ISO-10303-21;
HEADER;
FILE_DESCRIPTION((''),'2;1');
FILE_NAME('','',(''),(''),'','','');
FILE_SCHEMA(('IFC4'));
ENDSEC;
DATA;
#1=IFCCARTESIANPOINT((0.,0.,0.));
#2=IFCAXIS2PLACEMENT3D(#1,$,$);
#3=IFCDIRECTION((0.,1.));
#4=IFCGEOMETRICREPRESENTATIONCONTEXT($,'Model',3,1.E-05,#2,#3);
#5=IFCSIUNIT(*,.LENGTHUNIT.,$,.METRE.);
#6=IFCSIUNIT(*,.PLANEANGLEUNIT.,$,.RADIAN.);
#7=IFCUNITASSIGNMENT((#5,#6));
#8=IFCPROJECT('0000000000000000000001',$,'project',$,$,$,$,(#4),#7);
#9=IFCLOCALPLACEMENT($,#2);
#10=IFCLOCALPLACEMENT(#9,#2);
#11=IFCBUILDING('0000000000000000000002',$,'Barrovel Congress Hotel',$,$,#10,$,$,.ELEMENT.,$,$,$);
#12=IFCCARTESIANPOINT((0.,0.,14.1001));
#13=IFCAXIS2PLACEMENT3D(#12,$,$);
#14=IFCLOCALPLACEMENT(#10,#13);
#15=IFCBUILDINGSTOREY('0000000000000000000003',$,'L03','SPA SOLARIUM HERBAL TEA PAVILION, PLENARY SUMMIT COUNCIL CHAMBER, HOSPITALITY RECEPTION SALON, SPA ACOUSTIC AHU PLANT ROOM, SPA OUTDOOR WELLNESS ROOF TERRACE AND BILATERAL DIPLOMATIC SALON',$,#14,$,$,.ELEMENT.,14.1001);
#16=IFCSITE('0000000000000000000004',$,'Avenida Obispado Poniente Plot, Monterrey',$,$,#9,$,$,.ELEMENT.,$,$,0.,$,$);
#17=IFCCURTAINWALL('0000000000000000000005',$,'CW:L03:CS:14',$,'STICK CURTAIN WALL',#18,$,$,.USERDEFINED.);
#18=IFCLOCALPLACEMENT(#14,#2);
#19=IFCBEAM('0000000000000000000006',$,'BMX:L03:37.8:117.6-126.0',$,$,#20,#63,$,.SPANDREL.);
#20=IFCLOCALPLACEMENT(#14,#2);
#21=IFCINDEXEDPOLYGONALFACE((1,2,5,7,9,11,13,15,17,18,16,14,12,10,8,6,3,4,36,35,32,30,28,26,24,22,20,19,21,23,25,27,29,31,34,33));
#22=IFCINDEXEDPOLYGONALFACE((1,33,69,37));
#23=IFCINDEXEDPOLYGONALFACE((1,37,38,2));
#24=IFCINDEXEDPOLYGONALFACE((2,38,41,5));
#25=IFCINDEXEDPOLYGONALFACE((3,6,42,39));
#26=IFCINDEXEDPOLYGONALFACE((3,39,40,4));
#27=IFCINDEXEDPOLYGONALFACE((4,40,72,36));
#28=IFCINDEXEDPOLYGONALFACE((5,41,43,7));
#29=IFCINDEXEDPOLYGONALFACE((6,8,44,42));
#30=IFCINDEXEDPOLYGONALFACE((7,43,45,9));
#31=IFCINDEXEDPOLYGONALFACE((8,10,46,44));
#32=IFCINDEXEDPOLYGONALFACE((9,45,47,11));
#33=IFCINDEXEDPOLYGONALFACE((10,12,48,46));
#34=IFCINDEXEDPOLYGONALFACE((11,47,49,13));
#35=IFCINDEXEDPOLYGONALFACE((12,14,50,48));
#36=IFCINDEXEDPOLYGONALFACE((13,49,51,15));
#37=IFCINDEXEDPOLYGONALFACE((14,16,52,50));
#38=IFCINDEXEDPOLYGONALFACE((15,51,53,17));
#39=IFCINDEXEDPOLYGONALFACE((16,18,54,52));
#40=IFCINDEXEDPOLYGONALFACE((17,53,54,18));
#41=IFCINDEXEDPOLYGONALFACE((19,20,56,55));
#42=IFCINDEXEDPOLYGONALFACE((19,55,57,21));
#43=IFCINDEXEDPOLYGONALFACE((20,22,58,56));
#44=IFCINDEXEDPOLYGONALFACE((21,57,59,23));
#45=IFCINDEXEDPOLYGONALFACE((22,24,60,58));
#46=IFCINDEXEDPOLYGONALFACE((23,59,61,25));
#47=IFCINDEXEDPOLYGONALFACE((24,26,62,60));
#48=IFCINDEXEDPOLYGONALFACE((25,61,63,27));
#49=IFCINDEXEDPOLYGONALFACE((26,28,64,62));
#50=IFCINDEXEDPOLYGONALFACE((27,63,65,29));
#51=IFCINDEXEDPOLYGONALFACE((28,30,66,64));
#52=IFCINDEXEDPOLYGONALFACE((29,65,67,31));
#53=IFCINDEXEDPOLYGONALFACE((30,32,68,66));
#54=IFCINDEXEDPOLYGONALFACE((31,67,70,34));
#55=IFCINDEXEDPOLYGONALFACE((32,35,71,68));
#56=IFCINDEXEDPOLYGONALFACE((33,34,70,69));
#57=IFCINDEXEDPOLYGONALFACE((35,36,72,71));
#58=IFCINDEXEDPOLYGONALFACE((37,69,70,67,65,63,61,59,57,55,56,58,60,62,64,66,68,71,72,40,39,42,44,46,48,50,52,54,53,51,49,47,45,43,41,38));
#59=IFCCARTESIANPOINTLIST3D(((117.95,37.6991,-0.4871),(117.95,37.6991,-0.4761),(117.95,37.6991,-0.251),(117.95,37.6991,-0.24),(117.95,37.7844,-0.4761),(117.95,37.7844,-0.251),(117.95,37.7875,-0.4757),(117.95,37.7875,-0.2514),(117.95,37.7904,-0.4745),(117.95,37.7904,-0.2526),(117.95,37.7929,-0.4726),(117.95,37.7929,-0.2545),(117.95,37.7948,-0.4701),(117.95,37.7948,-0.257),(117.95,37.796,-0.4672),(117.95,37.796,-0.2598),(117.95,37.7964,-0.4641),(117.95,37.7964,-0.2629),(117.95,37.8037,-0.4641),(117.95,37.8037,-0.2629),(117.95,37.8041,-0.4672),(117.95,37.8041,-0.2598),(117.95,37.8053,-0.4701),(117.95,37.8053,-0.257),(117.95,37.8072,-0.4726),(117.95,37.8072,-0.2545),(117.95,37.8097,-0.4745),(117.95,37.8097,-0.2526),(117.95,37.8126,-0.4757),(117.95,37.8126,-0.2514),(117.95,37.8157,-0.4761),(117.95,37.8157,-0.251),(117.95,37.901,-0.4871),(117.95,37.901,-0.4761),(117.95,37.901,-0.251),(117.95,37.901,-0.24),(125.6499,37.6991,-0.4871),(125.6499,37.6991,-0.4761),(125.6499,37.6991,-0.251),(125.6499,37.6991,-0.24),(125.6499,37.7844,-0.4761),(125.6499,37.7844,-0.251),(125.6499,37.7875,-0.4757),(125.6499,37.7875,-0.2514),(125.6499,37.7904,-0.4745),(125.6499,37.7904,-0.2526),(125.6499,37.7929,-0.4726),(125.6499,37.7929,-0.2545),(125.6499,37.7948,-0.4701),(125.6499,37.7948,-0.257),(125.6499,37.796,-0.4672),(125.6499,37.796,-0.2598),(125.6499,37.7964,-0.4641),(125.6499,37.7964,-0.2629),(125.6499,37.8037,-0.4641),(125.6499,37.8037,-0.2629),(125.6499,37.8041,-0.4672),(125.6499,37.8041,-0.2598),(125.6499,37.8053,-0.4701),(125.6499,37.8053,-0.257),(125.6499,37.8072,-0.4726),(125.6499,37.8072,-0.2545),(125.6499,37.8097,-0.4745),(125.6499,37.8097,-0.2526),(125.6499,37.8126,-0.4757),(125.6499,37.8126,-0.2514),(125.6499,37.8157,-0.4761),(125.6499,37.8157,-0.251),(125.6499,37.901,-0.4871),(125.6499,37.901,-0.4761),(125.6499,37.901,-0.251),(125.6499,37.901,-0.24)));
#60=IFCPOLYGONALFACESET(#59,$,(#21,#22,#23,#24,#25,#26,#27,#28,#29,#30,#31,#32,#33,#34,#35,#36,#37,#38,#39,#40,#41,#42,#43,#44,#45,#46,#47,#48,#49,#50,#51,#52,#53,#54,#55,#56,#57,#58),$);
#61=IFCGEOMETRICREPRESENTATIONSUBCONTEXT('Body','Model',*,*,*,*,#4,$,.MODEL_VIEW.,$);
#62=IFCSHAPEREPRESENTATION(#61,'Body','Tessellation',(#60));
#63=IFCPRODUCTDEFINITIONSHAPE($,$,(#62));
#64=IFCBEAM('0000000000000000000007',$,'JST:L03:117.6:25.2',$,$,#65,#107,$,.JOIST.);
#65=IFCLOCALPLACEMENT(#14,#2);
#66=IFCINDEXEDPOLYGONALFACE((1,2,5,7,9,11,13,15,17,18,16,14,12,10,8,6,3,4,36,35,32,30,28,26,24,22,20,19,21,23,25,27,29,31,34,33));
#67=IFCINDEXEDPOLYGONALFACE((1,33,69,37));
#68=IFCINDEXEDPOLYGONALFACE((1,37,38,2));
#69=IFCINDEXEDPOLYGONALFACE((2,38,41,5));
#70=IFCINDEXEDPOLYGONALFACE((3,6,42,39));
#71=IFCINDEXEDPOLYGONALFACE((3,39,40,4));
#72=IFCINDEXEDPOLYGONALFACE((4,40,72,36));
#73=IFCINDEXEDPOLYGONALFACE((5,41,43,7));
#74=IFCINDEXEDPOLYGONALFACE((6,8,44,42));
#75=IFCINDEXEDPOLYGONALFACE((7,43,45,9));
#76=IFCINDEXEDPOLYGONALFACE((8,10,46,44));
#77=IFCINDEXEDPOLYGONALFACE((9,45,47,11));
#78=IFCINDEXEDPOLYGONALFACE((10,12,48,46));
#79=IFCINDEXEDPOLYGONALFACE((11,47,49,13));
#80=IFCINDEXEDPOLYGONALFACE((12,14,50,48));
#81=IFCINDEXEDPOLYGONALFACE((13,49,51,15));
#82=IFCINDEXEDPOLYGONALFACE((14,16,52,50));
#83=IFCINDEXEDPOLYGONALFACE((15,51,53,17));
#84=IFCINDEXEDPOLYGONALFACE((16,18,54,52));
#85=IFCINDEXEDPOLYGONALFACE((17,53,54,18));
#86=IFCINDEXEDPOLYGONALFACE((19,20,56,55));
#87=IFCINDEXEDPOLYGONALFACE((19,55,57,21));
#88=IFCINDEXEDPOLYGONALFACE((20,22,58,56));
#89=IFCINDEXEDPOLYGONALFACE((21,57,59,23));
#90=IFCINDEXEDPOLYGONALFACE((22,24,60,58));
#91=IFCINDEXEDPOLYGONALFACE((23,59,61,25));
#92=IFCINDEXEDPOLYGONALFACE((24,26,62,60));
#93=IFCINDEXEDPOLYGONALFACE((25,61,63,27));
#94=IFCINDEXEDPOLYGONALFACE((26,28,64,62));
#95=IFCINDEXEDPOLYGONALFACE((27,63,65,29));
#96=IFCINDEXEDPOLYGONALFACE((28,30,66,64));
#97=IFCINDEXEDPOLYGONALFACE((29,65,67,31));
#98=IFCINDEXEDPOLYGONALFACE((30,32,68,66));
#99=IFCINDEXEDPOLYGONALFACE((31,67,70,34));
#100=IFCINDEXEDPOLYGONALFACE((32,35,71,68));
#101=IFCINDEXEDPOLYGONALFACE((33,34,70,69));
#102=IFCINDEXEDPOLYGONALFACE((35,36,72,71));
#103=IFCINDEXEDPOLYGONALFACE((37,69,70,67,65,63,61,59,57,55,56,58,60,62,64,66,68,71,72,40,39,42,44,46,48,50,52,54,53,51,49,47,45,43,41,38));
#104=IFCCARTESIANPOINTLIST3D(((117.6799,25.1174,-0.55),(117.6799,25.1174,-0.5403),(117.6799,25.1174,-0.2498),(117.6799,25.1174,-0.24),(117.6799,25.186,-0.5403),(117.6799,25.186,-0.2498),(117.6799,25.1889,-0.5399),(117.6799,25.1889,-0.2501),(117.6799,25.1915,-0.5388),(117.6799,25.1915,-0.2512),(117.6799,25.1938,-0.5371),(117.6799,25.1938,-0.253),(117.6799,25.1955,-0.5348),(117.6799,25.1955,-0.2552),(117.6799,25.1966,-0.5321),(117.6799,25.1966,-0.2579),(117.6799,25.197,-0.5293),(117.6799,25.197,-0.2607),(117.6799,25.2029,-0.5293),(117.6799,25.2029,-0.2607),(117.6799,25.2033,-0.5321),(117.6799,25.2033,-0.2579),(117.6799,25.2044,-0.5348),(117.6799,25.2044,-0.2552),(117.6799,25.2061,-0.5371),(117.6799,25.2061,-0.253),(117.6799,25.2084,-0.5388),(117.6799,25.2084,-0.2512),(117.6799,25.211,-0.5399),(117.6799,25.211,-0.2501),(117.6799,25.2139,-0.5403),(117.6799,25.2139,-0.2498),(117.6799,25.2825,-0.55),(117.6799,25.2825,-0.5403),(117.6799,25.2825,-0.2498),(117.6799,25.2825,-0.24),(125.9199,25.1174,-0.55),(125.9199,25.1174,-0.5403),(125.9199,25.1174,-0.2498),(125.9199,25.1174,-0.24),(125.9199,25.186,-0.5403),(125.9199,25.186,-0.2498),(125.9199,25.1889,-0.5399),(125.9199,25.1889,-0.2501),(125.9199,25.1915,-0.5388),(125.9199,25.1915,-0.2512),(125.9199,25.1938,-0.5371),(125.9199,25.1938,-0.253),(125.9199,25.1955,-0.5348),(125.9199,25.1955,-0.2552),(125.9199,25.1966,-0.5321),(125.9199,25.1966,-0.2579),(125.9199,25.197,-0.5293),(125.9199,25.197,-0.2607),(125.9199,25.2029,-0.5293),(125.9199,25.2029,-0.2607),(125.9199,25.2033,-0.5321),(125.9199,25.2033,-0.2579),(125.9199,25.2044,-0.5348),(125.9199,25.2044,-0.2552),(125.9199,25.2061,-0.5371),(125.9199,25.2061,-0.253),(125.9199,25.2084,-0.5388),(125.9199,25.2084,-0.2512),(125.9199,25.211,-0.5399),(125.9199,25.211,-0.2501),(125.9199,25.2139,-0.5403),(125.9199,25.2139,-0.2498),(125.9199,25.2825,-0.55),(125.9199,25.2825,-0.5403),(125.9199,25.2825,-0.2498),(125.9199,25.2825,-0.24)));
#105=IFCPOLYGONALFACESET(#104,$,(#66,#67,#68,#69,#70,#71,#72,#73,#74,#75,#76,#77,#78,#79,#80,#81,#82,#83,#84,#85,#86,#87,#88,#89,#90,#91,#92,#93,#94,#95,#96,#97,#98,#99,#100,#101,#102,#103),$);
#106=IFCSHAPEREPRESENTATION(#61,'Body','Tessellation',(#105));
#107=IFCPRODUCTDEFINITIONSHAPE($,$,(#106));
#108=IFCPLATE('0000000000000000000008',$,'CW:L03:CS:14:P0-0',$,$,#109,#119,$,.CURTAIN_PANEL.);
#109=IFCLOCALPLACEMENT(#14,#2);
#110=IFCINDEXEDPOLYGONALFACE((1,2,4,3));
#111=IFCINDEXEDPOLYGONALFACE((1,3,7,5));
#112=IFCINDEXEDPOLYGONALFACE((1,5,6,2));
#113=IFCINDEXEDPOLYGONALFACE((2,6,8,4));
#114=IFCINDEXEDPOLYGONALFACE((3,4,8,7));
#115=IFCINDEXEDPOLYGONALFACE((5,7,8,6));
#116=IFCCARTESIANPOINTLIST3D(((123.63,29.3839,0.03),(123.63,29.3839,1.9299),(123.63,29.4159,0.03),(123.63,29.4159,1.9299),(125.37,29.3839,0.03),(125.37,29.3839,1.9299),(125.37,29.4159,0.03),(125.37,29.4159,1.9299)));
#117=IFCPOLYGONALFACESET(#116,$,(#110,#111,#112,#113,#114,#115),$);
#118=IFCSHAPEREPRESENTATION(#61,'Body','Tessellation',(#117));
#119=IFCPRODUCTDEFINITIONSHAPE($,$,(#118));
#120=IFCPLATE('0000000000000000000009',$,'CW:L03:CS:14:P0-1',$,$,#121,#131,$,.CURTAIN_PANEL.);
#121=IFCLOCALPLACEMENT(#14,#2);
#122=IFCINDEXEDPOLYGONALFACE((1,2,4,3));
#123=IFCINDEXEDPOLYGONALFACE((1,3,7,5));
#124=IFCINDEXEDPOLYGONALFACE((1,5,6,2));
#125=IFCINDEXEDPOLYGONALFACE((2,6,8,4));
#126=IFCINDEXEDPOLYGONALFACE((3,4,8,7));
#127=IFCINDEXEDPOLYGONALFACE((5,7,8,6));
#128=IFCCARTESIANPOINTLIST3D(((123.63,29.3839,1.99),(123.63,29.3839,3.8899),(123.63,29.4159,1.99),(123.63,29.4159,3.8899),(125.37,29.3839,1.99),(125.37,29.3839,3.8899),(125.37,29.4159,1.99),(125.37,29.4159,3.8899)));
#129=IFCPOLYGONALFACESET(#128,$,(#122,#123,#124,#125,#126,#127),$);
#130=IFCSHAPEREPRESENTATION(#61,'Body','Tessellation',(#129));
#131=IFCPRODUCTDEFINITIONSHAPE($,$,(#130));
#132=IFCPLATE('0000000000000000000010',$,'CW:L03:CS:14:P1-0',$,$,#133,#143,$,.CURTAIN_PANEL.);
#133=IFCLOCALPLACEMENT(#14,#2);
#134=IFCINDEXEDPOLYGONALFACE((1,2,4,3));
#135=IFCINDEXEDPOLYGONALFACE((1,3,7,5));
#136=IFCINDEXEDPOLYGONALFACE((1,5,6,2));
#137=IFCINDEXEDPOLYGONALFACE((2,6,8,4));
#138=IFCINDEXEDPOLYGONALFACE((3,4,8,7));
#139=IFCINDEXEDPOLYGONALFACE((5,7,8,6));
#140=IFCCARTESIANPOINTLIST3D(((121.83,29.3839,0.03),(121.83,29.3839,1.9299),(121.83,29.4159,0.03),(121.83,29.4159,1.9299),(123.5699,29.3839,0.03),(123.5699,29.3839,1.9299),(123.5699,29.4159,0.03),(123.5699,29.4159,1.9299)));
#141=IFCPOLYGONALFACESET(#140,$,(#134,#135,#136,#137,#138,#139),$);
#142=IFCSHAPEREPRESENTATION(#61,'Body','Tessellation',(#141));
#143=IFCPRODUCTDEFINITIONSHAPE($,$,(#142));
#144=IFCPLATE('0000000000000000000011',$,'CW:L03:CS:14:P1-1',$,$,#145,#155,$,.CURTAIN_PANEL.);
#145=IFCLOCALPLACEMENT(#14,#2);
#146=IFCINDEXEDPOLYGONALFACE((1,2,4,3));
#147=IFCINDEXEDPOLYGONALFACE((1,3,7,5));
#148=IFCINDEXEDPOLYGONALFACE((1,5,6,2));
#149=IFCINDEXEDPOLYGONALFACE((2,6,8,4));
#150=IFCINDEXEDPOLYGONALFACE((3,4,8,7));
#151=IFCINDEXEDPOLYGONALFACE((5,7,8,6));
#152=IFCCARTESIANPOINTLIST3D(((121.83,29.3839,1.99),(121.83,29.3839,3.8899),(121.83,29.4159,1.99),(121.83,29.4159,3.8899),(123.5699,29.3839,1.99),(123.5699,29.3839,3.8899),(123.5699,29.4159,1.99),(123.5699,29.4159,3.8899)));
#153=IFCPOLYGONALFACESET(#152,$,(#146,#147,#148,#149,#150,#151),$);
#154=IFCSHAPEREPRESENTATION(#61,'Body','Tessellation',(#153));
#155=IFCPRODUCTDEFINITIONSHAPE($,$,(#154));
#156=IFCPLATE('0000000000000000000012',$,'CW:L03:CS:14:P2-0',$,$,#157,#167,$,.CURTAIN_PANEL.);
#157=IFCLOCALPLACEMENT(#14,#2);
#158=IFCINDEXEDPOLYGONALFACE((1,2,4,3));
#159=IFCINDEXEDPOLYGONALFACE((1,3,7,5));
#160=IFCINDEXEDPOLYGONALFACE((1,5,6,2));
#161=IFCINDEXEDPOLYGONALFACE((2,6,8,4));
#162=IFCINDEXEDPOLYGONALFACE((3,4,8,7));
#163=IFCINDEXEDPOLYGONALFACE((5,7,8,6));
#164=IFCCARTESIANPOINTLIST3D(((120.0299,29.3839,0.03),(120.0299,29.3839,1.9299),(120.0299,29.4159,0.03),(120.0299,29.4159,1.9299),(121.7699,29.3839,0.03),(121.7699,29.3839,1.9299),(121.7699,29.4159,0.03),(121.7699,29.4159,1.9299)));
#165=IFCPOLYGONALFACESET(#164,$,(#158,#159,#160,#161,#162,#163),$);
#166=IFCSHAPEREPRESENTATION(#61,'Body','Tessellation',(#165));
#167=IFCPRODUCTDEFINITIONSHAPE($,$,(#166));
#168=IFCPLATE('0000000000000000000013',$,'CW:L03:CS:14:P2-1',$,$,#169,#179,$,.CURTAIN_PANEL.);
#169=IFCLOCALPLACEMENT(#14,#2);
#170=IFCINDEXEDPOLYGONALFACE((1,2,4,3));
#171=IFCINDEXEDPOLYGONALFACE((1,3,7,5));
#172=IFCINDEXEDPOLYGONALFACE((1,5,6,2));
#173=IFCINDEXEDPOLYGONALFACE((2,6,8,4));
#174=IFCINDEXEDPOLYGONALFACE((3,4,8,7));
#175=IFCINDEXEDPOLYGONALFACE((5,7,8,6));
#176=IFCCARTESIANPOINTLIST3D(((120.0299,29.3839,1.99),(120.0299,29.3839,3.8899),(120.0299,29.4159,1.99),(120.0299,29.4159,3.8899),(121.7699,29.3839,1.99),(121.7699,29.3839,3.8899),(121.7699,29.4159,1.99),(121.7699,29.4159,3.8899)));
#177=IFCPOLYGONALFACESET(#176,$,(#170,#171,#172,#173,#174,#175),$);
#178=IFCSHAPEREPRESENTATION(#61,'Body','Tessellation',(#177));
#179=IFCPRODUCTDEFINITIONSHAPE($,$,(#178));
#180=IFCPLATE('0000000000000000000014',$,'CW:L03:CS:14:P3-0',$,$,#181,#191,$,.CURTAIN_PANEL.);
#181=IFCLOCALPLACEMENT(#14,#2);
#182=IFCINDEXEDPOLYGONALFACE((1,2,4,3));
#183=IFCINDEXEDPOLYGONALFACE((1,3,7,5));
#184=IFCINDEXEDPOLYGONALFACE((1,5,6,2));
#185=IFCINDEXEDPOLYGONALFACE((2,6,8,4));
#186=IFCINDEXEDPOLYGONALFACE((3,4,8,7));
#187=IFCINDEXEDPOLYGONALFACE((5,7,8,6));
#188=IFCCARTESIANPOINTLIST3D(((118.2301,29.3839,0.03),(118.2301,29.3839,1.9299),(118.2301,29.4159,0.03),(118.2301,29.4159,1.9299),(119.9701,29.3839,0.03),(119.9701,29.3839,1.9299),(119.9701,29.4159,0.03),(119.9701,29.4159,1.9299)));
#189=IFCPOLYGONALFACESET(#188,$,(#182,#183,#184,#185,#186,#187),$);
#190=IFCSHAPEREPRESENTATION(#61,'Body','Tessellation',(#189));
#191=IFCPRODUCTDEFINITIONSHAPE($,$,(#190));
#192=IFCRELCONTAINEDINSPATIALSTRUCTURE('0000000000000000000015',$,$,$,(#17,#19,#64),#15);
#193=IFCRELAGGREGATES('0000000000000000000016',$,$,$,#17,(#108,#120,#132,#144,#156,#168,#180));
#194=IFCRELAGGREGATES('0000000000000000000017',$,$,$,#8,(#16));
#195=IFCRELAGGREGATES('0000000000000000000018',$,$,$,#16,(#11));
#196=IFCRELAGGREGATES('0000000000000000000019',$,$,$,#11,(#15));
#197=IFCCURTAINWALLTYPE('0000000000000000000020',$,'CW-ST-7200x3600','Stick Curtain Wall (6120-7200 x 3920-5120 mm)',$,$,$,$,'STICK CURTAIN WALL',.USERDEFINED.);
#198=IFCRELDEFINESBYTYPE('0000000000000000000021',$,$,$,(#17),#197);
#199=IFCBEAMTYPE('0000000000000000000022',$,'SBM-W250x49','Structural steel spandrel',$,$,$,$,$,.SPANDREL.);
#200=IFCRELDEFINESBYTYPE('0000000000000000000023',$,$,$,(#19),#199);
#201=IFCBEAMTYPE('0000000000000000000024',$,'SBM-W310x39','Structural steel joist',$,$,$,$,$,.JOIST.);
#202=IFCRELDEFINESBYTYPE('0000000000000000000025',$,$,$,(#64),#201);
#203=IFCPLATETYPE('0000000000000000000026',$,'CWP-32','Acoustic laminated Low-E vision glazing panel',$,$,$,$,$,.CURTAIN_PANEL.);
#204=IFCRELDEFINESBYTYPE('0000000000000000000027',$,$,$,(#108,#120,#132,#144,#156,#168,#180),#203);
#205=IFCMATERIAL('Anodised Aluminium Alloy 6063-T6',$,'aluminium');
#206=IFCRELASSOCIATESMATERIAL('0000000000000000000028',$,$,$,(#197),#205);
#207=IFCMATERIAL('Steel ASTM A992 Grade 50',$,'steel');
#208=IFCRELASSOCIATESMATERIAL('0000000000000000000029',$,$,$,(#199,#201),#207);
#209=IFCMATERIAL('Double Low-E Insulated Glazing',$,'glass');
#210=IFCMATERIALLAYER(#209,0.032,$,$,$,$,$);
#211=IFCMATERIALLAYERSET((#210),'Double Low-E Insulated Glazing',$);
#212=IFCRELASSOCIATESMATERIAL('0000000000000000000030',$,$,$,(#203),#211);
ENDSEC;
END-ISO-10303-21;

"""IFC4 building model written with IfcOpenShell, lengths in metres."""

from ifc_helpers import new_model, si_unit, direction, frame, origin, origin_2d, place, context, subcontext, project, spatial, rectangle, i_section, extrude, material, layer, layer_set, material_profile, profile_set, type_object, element, aggregate, save


model = new_model("IFC4")

# Units and contexts
model_context = context("Model", 3, precision=1e-05, world=origin(), true_north=direction((0.0, 1.0)))
body_context = subcontext(model_context, "Body", "Model", "MODEL_VIEW")
ifc_project = project(units=[si_unit("LENGTHUNIT", "METRE"), si_unit("PLANEANGLEUNIT", "RADIAN")], contexts=[model_context])

# Site, building, storey
site_placement = place(None, origin())
site = spatial("IfcSite", under=ifc_project, at=site_placement, Name="Avenida Obispado Poniente Plot, Monterrey", CompositionType="ELEMENT", RefElevation=0.0)
building_placement = place(site_placement, origin())
building = spatial("IfcBuilding", under=site, at=building_placement, Name="Barrovel Congress Hotel", CompositionType="ELEMENT")
storey_placement = place(building_placement, frame((0.0, 0.0, 14.1001)))
storey = spatial("IfcBuildingStorey", under=building, at=storey_placement, Name="L03", Description="SPA SOLARIUM HERBAL TEA PAVILION, PLENARY SUMMIT COUNCIL CHAMBER, HOSPITALITY RECEPTION SALON, SPA ACOUSTIC AHU PLANT ROOM, SPA OUTDOOR WELLNESS ROOF TERRACE AND BILATERAL DIPLOMATIC SALON", CompositionType="ELEMENT", Elevation=14.1001)

# Curtain wall
ifc_material_1 = material(Name="Anodised Aluminium Alloy 6063-T6", Category="aluminium")
curtain_wall_type = type_object("IfcCurtainWallType", Name="CW-ST-7200x3600", Description="Stick Curtain Wall (6120-7200 x 3920-5120 mm)", ElementType="STICK CURTAIN WALL", PredefinedType="USERDEFINED", material=ifc_material_1)
curtain_wall_placement = place(storey_placement, origin())
curtain_wall = element("IfcCurtainWall", 1, at=curtain_wall_placement, inside=storey, type_object=curtain_wall_type, Name="CW:L03:CS:14", ObjectType="STICK CURTAIN WALL", PredefinedType="USERDEFINED")

# Shared definitions
ifc_material_2 = material(Name="Steel ASTM A992 Grade 50", Category="steel")

# Beams
ifc_material_profile_1 = material_profile(ifc_material_2, i_section(OverallWidth=0.2019, OverallDepth=0.2471, WebThickness=0.0073, FlangeThickness=0.011, FilletRadius=0.012, at=origin_2d()), Name="W250x49")
ifc_profile_set_1 = profile_set([ifc_material_profile_1], Name="Steel ASTM A992 Grade 50")
beam_type_1 = type_object("IfcBeamType", Name="SBM-W250x49", Description="Structural steel spandrel", PredefinedType="SPANDREL", material=ifc_profile_set_1)
beam_1_placement = place(storey_placement, frame((117.95, 37.8, -0.3635), z_axis=(1.0, 0.0, 0.0), x_axis=(0.0, 1.0, 0.0)))
element("IfcBeam", 2, at=beam_1_placement, inside=storey, type_object=beam_type_1, Name="BMX:L03:37.8:117.6-126.0", PredefinedType="SPANDREL", context=body_context, shape_type="SweptSolid", body=[
    extrude(i_section(OverallWidth=0.2019, OverallDepth=0.2471, WebThickness=0.0073, FlangeThickness=0.011, FilletRadius=0.012, at=origin_2d()), origin(), (0.0, 0.0, 1.0), 7.7),
])
ifc_material_profile_2 = material_profile(ifc_material_2, i_section(OverallWidth=0.165, OverallDepth=0.3101, WebThickness=0.0059, FlangeThickness=0.0098, FilletRadius=0.011, at=origin_2d()), Name="W310x39")
ifc_profile_set_2 = profile_set([ifc_material_profile_2], Name="Steel ASTM A992 Grade 50")
beam_type_2 = type_object("IfcBeamType", Name="SBM-W310x39", Description="Structural steel joist", PredefinedType="JOIST", material=ifc_profile_set_2)
beam_2_placement = place(storey_placement, frame((117.6799, 25.2, -0.395), z_axis=(1.0, 0.0, 0.0), x_axis=(0.0, 1.0, 0.0)))
element("IfcBeam", 3, at=beam_2_placement, inside=storey, type_object=beam_type_2, Name="JST:L03:117.6:25.2", PredefinedType="JOIST", context=body_context, shape_type="SweptSolid", body=[
    extrude(i_section(OverallWidth=0.165, OverallDepth=0.3101, WebThickness=0.0059, FlangeThickness=0.0098, FilletRadius=0.011, at=origin_2d()), origin(), (0.0, 0.0, 1.0), 8.24),
])

# Plates
ifc_material_3 = material(Name="Double Low-E Insulated Glazing", Category="glass")
ifc_layer_1 = layer(ifc_material_3, 0.032)
ifc_layer_set_1 = layer_set([ifc_layer_1], Name="Double Low-E Insulated Glazing")
plate_type = type_object("IfcPlateType", Name="CWP-32", Description="Acoustic laminated Low-E vision glazing panel", PredefinedType="CURTAIN_PANEL", material=ifc_layer_set_1)
plate_1_placement = place(storey_placement, frame((124.5, 29.3999, 0.03), z_axis=(0.0, 0.0, 1.0), x_axis=(-1.0, 0.0, 0.0)))
plate_1 = element("IfcPlate", 4, at=plate_1_placement, type_object=plate_type, Name="CW:L03:CS:14:P0-0", PredefinedType="CURTAIN_PANEL", context=body_context, shape_type="SweptSolid", body=[
    extrude(rectangle(XDim=1.74, YDim=0.032, at=origin_2d()), origin(), (0.0, 0.0, 1.0), 1.8999),
])
plate_2_placement = place(storey_placement, frame((124.5, 29.3999, 1.99), z_axis=(0.0, 0.0, 1.0), x_axis=(-1.0, 0.0, 0.0)))
plate_2 = element("IfcPlate", 5, at=plate_2_placement, type_object=plate_type, Name="CW:L03:CS:14:P0-1", PredefinedType="CURTAIN_PANEL", context=body_context, shape_type="SweptSolid", body=[
    extrude(rectangle(XDim=1.74, YDim=0.032, at=origin_2d()), origin(), (0.0, 0.0, 1.0), 1.8999),
])
plate_3_placement = place(storey_placement, frame((122.7, 29.3999, 0.03), z_axis=(0.0, 0.0, 1.0), x_axis=(-1.0, 0.0, 0.0)))
plate_3 = element("IfcPlate", 6, at=plate_3_placement, type_object=plate_type, Name="CW:L03:CS:14:P1-0", PredefinedType="CURTAIN_PANEL", context=body_context, shape_type="SweptSolid", body=[
    extrude(rectangle(XDim=1.74, YDim=0.032, at=origin_2d()), origin(), (0.0, 0.0, 1.0), 1.8999),
])
plate_4_placement = place(storey_placement, frame((122.7, 29.3999, 1.99), z_axis=(0.0, 0.0, 1.0), x_axis=(-1.0, 0.0, 0.0)))
plate_4 = element("IfcPlate", 7, at=plate_4_placement, type_object=plate_type, Name="CW:L03:CS:14:P1-1", PredefinedType="CURTAIN_PANEL", context=body_context, shape_type="SweptSolid", body=[
    extrude(rectangle(XDim=1.74, YDim=0.032, at=origin_2d()), origin(), (0.0, 0.0, 1.0), 1.8999),
])
plate_5_placement = place(storey_placement, frame((120.8999, 29.3999, 0.03), z_axis=(0.0, 0.0, 1.0), x_axis=(-1.0, 0.0, 0.0)))
plate_5 = element("IfcPlate", 8, at=plate_5_placement, type_object=plate_type, Name="CW:L03:CS:14:P2-0", PredefinedType="CURTAIN_PANEL", context=body_context, shape_type="SweptSolid", body=[
    extrude(rectangle(XDim=1.74, YDim=0.032, at=origin_2d()), origin(), (0.0, 0.0, 1.0), 1.8999),
])
plate_6_placement = place(storey_placement, frame((120.8999, 29.3999, 1.99), z_axis=(0.0, 0.0, 1.0), x_axis=(-1.0, 0.0, 0.0)))
plate_6 = element("IfcPlate", 9, at=plate_6_placement, type_object=plate_type, Name="CW:L03:CS:14:P2-1", PredefinedType="CURTAIN_PANEL", context=body_context, shape_type="SweptSolid", body=[
    extrude(rectangle(XDim=1.74, YDim=0.032, at=origin_2d()), origin(), (0.0, 0.0, 1.0), 1.8999),
])
plate_7_placement = place(storey_placement, frame((119.1001, 29.3999, 0.03), z_axis=(0.0, 0.0, 1.0), x_axis=(-1.0, 0.0, 0.0)))
plate_7 = element("IfcPlate", 10, at=plate_7_placement, type_object=plate_type, Name="CW:L03:CS:14:P3-0", PredefinedType="CURTAIN_PANEL", context=body_context, shape_type="SweptSolid", body=[
    extrude(rectangle(XDim=1.74, YDim=0.032, at=origin_2d()), origin(), (0.0, 0.0, 1.0), 1.8999),
])
aggregate(curtain_wall, [plate_1, plate_2, plate_3, plate_4, plate_5, plate_6, plate_7])

save(model, "model.ifc")
